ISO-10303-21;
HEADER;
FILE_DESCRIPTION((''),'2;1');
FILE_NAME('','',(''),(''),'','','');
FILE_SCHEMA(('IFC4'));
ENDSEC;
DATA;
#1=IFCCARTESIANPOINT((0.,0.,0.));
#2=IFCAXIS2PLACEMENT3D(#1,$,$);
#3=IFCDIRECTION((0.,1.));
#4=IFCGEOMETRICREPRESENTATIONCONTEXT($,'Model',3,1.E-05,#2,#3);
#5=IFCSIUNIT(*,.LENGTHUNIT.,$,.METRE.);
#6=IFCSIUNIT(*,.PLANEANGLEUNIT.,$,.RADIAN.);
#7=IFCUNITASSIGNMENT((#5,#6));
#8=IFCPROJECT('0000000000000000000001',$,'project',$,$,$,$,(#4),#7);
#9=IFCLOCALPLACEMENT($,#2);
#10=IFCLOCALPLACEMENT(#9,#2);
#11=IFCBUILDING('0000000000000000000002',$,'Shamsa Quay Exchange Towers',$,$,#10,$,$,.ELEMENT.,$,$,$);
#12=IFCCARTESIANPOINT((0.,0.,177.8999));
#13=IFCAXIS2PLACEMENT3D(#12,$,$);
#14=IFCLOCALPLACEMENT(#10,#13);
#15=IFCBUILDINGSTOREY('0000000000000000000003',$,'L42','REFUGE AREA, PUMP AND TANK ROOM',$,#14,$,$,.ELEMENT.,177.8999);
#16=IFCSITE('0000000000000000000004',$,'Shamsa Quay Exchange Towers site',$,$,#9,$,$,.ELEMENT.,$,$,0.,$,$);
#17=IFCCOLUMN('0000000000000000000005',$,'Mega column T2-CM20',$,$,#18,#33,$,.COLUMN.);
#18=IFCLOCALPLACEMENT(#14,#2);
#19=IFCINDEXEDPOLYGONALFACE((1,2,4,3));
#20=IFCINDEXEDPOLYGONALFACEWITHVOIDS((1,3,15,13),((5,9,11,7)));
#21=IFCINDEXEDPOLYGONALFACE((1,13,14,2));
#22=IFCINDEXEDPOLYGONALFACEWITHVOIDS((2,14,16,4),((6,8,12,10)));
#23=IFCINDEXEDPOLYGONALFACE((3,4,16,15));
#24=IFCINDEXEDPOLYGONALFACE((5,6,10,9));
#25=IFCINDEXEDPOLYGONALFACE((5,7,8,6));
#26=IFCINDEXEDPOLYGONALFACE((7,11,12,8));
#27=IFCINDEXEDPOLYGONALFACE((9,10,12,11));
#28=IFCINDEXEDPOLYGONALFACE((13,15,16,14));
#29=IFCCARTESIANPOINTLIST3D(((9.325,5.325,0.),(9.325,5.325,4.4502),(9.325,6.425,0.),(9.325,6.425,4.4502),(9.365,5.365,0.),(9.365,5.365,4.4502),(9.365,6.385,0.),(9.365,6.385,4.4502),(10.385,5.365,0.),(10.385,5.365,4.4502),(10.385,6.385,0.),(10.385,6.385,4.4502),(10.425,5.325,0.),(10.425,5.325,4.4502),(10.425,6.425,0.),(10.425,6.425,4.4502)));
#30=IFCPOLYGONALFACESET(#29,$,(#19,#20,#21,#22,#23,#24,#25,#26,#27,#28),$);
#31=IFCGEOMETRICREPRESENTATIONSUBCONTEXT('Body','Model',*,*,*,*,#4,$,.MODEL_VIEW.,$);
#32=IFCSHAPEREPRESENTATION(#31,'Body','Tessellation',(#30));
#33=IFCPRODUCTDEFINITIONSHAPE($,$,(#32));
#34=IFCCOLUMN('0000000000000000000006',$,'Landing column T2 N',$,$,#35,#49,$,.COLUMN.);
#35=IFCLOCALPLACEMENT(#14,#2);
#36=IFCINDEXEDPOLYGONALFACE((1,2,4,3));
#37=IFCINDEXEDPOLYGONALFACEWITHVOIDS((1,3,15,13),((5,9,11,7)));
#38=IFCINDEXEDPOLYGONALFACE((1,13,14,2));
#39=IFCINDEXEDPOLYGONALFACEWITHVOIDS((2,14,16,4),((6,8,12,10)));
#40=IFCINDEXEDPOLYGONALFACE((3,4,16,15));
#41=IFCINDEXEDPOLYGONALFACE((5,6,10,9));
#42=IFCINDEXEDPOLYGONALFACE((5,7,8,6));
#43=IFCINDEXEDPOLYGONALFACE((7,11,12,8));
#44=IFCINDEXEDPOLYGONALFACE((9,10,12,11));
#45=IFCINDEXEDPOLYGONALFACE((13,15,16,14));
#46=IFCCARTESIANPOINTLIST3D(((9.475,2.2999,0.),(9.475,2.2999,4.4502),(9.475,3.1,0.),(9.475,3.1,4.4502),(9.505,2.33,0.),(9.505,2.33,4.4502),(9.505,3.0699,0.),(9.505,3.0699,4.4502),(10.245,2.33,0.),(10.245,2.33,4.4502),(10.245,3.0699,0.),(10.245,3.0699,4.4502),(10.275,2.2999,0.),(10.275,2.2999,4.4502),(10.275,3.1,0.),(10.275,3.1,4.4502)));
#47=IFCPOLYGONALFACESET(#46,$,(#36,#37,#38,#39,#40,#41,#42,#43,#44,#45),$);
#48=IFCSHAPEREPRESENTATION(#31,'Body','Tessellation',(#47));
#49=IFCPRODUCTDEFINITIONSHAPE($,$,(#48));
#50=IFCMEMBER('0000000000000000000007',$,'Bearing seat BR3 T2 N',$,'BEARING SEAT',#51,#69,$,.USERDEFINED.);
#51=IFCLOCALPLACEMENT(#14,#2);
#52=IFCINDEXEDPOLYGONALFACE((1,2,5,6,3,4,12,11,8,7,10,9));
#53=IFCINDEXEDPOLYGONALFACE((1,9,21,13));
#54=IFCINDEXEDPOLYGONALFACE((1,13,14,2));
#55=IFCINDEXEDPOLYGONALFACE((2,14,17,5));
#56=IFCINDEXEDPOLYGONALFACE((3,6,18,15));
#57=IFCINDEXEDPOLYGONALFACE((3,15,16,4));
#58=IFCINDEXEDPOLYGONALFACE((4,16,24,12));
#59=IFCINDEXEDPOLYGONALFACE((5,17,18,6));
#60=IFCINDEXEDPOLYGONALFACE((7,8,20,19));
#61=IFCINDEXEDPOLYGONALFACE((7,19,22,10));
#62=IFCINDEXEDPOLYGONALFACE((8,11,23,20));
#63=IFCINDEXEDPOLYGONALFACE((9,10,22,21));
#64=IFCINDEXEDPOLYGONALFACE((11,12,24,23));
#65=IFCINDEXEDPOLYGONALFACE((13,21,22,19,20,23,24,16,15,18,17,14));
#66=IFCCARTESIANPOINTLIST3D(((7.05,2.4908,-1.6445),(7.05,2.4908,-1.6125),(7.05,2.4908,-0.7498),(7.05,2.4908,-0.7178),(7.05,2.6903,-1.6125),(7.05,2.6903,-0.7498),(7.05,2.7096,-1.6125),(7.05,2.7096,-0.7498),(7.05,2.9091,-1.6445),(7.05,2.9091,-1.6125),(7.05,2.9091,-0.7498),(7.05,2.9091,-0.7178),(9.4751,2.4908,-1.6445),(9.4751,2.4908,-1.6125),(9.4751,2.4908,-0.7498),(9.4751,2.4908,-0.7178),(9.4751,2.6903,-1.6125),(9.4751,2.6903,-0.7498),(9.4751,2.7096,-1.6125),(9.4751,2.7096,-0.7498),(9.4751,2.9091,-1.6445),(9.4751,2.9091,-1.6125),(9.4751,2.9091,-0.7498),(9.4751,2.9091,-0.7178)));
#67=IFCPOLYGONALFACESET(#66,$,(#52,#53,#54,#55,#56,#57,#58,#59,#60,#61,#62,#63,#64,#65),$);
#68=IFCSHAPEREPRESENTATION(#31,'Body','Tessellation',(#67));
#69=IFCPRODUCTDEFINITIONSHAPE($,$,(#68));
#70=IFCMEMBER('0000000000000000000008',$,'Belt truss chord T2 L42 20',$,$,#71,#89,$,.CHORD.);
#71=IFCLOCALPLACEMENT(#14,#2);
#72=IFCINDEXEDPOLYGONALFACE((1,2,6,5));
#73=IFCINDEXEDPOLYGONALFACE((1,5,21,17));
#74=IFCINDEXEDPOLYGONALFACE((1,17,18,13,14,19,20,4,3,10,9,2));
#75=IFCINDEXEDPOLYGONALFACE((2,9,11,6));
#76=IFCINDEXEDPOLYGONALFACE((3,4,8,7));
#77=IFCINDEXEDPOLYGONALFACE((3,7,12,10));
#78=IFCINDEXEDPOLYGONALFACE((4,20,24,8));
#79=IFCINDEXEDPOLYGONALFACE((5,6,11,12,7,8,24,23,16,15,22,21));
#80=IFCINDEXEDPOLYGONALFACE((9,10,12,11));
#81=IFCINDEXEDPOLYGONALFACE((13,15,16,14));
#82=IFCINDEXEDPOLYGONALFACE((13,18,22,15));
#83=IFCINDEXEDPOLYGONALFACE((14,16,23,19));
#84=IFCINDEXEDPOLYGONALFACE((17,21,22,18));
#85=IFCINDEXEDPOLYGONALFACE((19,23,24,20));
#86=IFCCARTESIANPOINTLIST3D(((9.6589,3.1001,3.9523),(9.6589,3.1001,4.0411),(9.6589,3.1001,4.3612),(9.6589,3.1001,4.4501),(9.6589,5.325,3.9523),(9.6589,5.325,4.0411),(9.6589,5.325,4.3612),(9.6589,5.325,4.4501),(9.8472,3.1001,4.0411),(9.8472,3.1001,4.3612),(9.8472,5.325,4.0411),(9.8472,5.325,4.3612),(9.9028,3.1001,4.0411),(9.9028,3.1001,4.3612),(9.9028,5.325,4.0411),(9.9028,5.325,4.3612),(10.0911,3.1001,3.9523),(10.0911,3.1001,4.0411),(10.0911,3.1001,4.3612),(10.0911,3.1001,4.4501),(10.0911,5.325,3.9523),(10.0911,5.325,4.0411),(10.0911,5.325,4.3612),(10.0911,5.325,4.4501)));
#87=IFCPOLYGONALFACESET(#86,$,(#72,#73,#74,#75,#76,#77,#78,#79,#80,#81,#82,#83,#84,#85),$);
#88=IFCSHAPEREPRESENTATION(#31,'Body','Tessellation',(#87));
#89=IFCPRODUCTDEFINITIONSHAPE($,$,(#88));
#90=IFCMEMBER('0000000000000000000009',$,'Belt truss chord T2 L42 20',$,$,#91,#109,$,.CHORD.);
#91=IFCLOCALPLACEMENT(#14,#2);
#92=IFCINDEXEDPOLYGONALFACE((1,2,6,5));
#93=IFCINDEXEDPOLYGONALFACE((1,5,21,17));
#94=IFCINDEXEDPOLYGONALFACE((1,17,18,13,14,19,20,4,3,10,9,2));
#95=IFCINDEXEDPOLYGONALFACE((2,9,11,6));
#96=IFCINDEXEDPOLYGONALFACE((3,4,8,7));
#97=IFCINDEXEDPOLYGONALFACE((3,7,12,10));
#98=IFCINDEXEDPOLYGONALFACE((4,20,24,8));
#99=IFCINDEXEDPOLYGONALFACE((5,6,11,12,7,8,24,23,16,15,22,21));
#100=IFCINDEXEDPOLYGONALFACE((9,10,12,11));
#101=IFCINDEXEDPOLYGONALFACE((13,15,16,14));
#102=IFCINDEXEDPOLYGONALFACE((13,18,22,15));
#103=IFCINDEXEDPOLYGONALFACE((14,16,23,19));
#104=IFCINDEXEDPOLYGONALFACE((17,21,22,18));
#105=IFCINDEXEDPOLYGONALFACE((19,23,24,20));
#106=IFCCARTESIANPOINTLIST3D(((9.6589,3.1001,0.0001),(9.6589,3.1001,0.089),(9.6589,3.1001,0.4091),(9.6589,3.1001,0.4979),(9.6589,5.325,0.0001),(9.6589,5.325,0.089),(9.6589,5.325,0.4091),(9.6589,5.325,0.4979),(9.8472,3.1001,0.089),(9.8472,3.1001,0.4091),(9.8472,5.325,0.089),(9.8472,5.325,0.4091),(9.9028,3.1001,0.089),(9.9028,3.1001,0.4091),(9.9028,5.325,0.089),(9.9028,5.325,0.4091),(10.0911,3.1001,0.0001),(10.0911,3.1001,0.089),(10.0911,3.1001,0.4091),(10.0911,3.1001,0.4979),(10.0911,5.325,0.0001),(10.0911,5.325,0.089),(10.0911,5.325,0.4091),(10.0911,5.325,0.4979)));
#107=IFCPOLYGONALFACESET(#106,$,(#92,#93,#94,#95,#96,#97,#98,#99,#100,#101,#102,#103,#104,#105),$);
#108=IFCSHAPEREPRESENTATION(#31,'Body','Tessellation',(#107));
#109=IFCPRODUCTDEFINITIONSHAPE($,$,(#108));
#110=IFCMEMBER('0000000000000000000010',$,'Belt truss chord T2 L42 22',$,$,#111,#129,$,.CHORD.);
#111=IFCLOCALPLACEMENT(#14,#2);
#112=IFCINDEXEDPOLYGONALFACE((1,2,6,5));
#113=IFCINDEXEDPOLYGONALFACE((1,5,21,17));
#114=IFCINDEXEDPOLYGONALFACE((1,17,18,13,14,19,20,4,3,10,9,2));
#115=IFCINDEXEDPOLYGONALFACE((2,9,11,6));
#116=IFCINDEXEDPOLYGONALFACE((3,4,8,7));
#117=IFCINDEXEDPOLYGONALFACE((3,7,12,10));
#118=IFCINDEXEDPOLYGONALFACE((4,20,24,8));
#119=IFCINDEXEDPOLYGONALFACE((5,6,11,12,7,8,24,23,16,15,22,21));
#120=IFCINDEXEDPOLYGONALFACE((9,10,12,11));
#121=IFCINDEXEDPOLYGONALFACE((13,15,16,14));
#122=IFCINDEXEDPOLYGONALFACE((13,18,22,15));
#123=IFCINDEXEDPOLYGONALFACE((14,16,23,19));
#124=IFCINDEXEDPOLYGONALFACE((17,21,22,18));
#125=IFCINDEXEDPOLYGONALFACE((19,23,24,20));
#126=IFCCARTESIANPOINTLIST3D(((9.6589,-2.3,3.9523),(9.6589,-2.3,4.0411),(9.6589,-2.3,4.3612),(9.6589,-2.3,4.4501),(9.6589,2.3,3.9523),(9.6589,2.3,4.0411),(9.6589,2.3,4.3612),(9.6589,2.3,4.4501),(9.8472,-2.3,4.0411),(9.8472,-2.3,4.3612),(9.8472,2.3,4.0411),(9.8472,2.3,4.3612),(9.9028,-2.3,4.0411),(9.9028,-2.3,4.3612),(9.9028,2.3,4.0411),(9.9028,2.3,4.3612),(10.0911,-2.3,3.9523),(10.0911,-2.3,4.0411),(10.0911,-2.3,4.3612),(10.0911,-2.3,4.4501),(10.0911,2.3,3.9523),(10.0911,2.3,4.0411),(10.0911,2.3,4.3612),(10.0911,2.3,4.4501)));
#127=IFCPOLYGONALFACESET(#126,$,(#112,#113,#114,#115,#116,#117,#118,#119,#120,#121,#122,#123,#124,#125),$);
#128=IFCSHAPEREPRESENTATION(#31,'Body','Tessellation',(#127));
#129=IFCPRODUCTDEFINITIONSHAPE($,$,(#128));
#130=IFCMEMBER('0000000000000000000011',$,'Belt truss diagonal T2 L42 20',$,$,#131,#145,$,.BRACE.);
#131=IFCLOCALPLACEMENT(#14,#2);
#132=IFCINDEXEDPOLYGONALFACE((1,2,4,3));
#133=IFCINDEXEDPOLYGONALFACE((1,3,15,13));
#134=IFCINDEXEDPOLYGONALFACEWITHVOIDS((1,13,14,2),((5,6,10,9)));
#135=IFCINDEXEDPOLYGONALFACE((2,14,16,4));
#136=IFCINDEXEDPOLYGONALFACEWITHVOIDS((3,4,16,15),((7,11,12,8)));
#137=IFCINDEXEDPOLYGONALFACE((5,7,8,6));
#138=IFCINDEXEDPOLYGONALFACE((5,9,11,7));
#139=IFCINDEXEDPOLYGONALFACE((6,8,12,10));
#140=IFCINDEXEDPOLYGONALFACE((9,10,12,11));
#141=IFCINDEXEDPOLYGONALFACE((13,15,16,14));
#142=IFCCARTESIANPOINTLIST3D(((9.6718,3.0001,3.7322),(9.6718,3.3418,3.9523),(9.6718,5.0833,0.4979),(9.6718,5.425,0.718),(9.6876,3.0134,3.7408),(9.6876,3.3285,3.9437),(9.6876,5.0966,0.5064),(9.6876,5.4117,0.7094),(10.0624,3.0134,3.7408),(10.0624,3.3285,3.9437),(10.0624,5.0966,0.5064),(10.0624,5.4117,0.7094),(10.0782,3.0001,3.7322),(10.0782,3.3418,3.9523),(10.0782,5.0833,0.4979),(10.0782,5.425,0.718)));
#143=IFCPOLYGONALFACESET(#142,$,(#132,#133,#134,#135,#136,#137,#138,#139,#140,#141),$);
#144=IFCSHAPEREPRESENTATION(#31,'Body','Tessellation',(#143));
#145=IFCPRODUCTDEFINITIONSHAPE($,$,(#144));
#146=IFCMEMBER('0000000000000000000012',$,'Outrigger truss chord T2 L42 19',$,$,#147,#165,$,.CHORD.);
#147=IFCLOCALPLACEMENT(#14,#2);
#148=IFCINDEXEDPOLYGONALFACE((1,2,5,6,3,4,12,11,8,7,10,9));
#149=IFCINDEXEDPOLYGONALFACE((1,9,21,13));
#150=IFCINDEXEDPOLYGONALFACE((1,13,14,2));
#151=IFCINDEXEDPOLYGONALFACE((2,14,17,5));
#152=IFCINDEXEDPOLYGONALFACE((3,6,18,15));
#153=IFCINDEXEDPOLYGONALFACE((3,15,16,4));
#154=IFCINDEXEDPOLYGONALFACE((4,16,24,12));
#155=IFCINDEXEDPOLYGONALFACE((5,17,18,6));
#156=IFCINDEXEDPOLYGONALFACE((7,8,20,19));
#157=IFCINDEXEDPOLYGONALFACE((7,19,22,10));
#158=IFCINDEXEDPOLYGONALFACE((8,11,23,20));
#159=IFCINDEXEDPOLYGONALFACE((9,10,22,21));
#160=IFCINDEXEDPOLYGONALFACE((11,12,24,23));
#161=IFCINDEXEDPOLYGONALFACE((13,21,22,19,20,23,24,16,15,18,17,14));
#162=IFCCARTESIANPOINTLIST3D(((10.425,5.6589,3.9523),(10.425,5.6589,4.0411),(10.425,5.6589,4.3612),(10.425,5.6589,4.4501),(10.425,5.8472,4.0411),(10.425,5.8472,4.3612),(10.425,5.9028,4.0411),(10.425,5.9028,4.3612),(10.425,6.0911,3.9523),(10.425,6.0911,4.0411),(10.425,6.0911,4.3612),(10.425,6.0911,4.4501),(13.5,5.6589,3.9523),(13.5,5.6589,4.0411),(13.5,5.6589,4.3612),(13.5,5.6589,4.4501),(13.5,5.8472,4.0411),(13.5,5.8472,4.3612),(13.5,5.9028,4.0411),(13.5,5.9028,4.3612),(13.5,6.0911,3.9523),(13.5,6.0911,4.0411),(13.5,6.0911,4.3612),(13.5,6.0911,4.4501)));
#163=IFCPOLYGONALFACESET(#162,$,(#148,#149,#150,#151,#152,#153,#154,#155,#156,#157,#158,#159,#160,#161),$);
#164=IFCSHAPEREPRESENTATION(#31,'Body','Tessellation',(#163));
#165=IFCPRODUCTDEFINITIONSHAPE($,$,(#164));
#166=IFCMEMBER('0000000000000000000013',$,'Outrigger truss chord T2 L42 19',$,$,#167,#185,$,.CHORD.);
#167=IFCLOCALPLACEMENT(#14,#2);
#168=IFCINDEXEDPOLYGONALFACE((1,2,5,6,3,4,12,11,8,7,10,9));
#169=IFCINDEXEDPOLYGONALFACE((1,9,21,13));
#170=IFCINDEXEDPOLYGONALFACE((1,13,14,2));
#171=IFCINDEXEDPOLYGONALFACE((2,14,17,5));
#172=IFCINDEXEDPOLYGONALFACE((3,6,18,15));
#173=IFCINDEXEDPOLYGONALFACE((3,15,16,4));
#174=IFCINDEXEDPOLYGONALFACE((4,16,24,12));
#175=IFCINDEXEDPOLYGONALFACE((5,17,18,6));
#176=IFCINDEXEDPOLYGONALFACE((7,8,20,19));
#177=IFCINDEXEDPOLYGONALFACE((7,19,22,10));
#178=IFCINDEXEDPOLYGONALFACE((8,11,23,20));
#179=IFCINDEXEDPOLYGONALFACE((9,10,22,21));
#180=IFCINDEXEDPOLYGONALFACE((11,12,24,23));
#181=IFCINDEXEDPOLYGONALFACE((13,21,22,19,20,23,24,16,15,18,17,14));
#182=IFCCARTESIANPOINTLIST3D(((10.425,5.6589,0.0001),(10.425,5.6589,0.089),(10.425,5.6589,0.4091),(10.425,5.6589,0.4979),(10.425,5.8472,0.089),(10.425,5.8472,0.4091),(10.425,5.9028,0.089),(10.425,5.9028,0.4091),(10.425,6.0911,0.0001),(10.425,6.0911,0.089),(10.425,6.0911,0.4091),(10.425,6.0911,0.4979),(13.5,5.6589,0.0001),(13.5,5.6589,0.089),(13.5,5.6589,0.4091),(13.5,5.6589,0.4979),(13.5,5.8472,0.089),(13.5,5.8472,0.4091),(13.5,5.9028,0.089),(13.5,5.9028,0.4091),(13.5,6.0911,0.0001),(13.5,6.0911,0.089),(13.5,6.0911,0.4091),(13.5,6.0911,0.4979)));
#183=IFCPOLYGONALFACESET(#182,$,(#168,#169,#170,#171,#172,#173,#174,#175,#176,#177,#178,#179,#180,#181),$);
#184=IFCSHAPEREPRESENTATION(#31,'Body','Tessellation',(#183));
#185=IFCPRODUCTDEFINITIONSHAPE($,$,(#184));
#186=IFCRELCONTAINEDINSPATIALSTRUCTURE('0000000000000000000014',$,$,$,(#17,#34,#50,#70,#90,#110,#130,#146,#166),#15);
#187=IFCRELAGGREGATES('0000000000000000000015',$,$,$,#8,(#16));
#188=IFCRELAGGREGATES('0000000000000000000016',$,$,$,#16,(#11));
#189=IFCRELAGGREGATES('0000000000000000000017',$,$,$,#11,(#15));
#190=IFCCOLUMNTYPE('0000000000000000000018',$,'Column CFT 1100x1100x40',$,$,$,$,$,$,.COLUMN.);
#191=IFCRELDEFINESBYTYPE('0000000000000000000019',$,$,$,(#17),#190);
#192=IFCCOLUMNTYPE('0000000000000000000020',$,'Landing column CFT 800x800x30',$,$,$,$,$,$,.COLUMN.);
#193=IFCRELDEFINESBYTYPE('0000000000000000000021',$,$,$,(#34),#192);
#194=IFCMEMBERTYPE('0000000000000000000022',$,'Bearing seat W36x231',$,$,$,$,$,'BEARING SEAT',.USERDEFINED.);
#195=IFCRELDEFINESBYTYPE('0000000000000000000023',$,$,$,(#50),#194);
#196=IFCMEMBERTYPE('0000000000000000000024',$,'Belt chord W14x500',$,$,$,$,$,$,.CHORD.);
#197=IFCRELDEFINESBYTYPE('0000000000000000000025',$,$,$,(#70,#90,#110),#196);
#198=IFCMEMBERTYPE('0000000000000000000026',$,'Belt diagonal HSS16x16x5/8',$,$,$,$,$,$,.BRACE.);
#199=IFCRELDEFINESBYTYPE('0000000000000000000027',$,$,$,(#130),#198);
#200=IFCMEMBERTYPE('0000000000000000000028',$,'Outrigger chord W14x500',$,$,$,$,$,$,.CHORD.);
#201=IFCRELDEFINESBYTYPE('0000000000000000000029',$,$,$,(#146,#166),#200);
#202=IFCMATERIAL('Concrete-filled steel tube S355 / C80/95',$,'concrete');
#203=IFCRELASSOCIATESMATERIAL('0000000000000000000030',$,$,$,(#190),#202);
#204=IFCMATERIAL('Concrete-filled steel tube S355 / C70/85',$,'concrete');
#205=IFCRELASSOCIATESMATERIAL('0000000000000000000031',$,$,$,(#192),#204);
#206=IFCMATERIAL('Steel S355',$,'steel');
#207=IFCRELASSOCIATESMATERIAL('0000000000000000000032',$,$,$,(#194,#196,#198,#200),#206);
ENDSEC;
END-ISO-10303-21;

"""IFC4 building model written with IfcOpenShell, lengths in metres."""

from ifc_helpers import new_model, si_unit, direction, frame, origin, origin_2d, place, context, subcontext, project, spatial, hollow_rectangle, i_section, extrude, material, material_profile, profile_set, type_object, element, save


model = new_model("IFC4")

# Units and contexts
model_context = context("Model", 3, precision=1e-05, world=origin(), true_north=direction((0.0, 1.0)))
body_context = subcontext(model_context, "Body", "Model", "MODEL_VIEW")
ifc_project = project(units=[si_unit("LENGTHUNIT", "METRE"), si_unit("PLANEANGLEUNIT", "RADIAN")], contexts=[model_context])

# Site, building, storey
site_placement = place(None, origin())
site = spatial("IfcSite", under=ifc_project, at=site_placement, Name="Shamsa Quay Exchange Towers site", CompositionType="ELEMENT", RefElevation=0.0)
building_placement = place(site_placement, origin())
building = spatial("IfcBuilding", under=site, at=building_placement, Name="Shamsa Quay Exchange Towers", CompositionType="ELEMENT")
storey_placement = place(building_placement, frame((0.0, 0.0, 177.8999)))
storey = spatial("IfcBuildingStorey", under=building, at=storey_placement, Name="L42", Description="REFUGE AREA, PUMP AND TANK ROOM", CompositionType="ELEMENT", Elevation=177.8999)

# Columns
ifc_material_1 = material(Name="Concrete-filled steel tube S355 / C80/95", Category="concrete")
ifc_material_profile_1 = material_profile(ifc_material_1, hollow_rectangle(XDim=1.1001, YDim=1.1001, WallThickness=0.04, at=origin_2d()), Name="CFT 1100x1100x40")
ifc_profile_set_1 = profile_set([ifc_material_profile_1], Name="Concrete-filled steel tube S355 / C80/95")
column_type_1 = type_object("IfcColumnType", Name="Column CFT 1100x1100x40", PredefinedType="COLUMN", material=ifc_profile_set_1)
column_1_placement = place(storey_placement, frame((9.875, 5.875, 0.0)))
element("IfcColumn", 1, at=column_1_placement, inside=storey, type_object=column_type_1, Name="Mega column T2-CM20", PredefinedType="COLUMN", context=body_context, shape_type="SweptSolid", body=[
    extrude(hollow_rectangle(XDim=1.1001, YDim=1.1001, WallThickness=0.04, at=origin_2d()), origin(), (0.0, 0.0, 1.0), 4.4502),
])
ifc_material_2 = material(Name="Concrete-filled steel tube S355 / C70/85", Category="concrete")
ifc_material_profile_2 = material_profile(ifc_material_2, hollow_rectangle(XDim=0.8, YDim=0.8, WallThickness=0.03, at=origin_2d()), Name="CFT 800x800x30")
ifc_profile_set_2 = profile_set([ifc_material_profile_2], Name="Concrete-filled steel tube S355 / C70/85")
column_type_2 = type_object("IfcColumnType", Name="Landing column CFT 800x800x30", PredefinedType="COLUMN", material=ifc_profile_set_2)
column_2_placement = place(storey_placement, frame((9.875, 2.7, 0.0)))
element("IfcColumn", 2, at=column_2_placement, inside=storey, type_object=column_type_2, Name="Landing column T2 N", PredefinedType="COLUMN", context=body_context, shape_type="SweptSolid", body=[
    extrude(hollow_rectangle(XDim=0.8, YDim=0.8, WallThickness=0.03, at=origin_2d()), origin(), (0.0, 0.0, 1.0), 4.4502),
])

# Members
ifc_material_3 = material(Name="Steel S355", Category="steel")
ifc_material_profile_3 = material_profile(ifc_material_3, i_section(OverallWidth=0.4182, OverallDepth=0.9268, WebThickness=0.0193, FlangeThickness=0.032, at=origin_2d()), Name="W36x231")
ifc_profile_set_3 = profile_set([ifc_material_profile_3], Name="Steel S355")
member_type_1 = type_object("IfcMemberType", Name="Bearing seat W36x231", ElementType="BEARING SEAT", PredefinedType="USERDEFINED", material=ifc_profile_set_3)
member_1_placement = place(storey_placement, frame((7.05, 2.7, -1.1812), z_axis=(1.0, 0.0, 0.0), x_axis=(0.0, 1.0, 0.0)))
element("IfcMember", 3, at=member_1_placement, inside=storey, type_object=member_type_1, Name="Bearing seat BR3 T2 N", ObjectType="BEARING SEAT", PredefinedType="USERDEFINED", context=body_context, shape_type="SweptSolid", body=[
    extrude(i_section(OverallWidth=0.4182, OverallDepth=0.9268, WebThickness=0.0193, FlangeThickness=0.032, at=origin_2d()), origin(), (0.0, 0.0, 1.0), 2.425),
])
ifc_material_profile_4 = material_profile(ifc_material_3, i_section(OverallWidth=0.4321, OverallDepth=0.4978, WebThickness=0.0557, FlangeThickness=0.0889, at=origin_2d()), Name="W14x500")
ifc_profile_set_4 = profile_set([ifc_material_profile_4], Name="Steel S355")
member_type_2 = type_object("IfcMemberType", Name="Belt chord W14x500", PredefinedType="CHORD", material=ifc_profile_set_4)
for number, where, z_axis, x_axis, name in (
    (4, (9.875, 5.325, 4.2012), (0.0, -1.0, 0.0), (1.0, 0.0, 0.0), "Belt truss chord T2 L42 20"),
    (5, (9.875, 5.325, 0.249), (0.0, -1.0, 0.0), (1.0, 0.0, 0.0), "Belt truss chord T2 L42 20"),
):
    element("IfcMember", number, at=place(storey_placement, frame(where, z_axis=z_axis, x_axis=x_axis)), inside=storey, type_object=member_type_2, Name=name, PredefinedType="CHORD", context=body_context, shape_type="SweptSolid", body=[
        extrude(i_section(OverallWidth=0.4321, OverallDepth=0.4978, WebThickness=0.0557, FlangeThickness=0.0889, at=origin_2d()), origin(), (0.0, 0.0, 1.0), 2.2249),
    ])
member_2_placement = place(storey_placement, frame((9.875, -2.3, 4.2012), z_axis=(0.0, 1.0, 0.0), x_axis=(-1.0, 0.0, 0.0)))
element("IfcMember", 6, at=member_2_placement, inside=storey, type_object=member_type_2, Name="Belt truss chord T2 L42 22", PredefinedType="CHORD", context=body_context, shape_type="SweptSolid", body=[
    extrude(i_section(OverallWidth=0.4321, OverallDepth=0.4978, WebThickness=0.0557, FlangeThickness=0.0889, at=origin_2d()), origin(), (0.0, 0.0, 1.0), 4.6001),
])
ifc_material_profile_5 = material_profile(ifc_material_3, hollow_rectangle(XDim=0.4065, YDim=0.4065, WallThickness=0.0159, at=origin_2d()), Name="HSS16x16x5/8")
ifc_profile_set_5 = profile_set([ifc_material_profile_5], Name="Steel S355")
member_type_3 = type_object("IfcMemberType", Name="Belt diagonal HSS16x16x5/8", PredefinedType="BRACE", material=ifc_profile_set_5)
member_3_placement = place(storey_placement, frame((9.875, 5.2542, 0.6079), z_axis=(0.0, -0.541495, 0.840704), x_axis=(1.0, 0.0, 0.0)))
element("IfcMember", 7, at=member_3_placement, inside=storey, type_object=member_type_3, Name="Belt truss diagonal T2 L42 20", PredefinedType="BRACE", context=body_context, shape_type="SweptSolid", body=[
    extrude(hollow_rectangle(XDim=0.4065, YDim=0.4065, WallThickness=0.0159, at=origin_2d()), origin(), (0.0, 0.0, 1.0), 3.8472),
])
ifc_material_profile_6 = material_profile(ifc_material_3, i_section(OverallWidth=0.4321, OverallDepth=0.4978, WebThickness=0.0557, FlangeThickness=0.0889, at=origin_2d()), Name="W14x500")
ifc_profile_set_6 = profile_set([ifc_material_profile_6], Name="Steel S355")
member_type_4 = type_object("IfcMemberType", Name="Outrigger chord W14x500", PredefinedType="CHORD", material=ifc_profile_set_6)
for number, where, z_axis, x_axis, name in (
    (8, (10.425, 5.875, 4.2012), (1.0, 0.0, 0.0), (0.0, 1.0, 0.0), "Outrigger truss chord T2 L42 19"),
    (9, (10.425, 5.875, 0.249), (1.0, 0.0, 0.0), (0.0, 1.0, 0.0), "Outrigger truss chord T2 L42 19"),
):
    element("IfcMember", number, at=place(storey_placement, frame(where, z_axis=z_axis, x_axis=x_axis)), inside=storey, type_object=member_type_4, Name=name, PredefinedType="CHORD", context=body_context, shape_type="SweptSolid", body=[
        extrude(i_section(OverallWidth=0.4321, OverallDepth=0.4978, WebThickness=0.0557, FlangeThickness=0.0889, at=origin_2d()), origin(), (0.0, 0.0, 1.0), 3.075),
    ])

save(model, "model.ifc")
